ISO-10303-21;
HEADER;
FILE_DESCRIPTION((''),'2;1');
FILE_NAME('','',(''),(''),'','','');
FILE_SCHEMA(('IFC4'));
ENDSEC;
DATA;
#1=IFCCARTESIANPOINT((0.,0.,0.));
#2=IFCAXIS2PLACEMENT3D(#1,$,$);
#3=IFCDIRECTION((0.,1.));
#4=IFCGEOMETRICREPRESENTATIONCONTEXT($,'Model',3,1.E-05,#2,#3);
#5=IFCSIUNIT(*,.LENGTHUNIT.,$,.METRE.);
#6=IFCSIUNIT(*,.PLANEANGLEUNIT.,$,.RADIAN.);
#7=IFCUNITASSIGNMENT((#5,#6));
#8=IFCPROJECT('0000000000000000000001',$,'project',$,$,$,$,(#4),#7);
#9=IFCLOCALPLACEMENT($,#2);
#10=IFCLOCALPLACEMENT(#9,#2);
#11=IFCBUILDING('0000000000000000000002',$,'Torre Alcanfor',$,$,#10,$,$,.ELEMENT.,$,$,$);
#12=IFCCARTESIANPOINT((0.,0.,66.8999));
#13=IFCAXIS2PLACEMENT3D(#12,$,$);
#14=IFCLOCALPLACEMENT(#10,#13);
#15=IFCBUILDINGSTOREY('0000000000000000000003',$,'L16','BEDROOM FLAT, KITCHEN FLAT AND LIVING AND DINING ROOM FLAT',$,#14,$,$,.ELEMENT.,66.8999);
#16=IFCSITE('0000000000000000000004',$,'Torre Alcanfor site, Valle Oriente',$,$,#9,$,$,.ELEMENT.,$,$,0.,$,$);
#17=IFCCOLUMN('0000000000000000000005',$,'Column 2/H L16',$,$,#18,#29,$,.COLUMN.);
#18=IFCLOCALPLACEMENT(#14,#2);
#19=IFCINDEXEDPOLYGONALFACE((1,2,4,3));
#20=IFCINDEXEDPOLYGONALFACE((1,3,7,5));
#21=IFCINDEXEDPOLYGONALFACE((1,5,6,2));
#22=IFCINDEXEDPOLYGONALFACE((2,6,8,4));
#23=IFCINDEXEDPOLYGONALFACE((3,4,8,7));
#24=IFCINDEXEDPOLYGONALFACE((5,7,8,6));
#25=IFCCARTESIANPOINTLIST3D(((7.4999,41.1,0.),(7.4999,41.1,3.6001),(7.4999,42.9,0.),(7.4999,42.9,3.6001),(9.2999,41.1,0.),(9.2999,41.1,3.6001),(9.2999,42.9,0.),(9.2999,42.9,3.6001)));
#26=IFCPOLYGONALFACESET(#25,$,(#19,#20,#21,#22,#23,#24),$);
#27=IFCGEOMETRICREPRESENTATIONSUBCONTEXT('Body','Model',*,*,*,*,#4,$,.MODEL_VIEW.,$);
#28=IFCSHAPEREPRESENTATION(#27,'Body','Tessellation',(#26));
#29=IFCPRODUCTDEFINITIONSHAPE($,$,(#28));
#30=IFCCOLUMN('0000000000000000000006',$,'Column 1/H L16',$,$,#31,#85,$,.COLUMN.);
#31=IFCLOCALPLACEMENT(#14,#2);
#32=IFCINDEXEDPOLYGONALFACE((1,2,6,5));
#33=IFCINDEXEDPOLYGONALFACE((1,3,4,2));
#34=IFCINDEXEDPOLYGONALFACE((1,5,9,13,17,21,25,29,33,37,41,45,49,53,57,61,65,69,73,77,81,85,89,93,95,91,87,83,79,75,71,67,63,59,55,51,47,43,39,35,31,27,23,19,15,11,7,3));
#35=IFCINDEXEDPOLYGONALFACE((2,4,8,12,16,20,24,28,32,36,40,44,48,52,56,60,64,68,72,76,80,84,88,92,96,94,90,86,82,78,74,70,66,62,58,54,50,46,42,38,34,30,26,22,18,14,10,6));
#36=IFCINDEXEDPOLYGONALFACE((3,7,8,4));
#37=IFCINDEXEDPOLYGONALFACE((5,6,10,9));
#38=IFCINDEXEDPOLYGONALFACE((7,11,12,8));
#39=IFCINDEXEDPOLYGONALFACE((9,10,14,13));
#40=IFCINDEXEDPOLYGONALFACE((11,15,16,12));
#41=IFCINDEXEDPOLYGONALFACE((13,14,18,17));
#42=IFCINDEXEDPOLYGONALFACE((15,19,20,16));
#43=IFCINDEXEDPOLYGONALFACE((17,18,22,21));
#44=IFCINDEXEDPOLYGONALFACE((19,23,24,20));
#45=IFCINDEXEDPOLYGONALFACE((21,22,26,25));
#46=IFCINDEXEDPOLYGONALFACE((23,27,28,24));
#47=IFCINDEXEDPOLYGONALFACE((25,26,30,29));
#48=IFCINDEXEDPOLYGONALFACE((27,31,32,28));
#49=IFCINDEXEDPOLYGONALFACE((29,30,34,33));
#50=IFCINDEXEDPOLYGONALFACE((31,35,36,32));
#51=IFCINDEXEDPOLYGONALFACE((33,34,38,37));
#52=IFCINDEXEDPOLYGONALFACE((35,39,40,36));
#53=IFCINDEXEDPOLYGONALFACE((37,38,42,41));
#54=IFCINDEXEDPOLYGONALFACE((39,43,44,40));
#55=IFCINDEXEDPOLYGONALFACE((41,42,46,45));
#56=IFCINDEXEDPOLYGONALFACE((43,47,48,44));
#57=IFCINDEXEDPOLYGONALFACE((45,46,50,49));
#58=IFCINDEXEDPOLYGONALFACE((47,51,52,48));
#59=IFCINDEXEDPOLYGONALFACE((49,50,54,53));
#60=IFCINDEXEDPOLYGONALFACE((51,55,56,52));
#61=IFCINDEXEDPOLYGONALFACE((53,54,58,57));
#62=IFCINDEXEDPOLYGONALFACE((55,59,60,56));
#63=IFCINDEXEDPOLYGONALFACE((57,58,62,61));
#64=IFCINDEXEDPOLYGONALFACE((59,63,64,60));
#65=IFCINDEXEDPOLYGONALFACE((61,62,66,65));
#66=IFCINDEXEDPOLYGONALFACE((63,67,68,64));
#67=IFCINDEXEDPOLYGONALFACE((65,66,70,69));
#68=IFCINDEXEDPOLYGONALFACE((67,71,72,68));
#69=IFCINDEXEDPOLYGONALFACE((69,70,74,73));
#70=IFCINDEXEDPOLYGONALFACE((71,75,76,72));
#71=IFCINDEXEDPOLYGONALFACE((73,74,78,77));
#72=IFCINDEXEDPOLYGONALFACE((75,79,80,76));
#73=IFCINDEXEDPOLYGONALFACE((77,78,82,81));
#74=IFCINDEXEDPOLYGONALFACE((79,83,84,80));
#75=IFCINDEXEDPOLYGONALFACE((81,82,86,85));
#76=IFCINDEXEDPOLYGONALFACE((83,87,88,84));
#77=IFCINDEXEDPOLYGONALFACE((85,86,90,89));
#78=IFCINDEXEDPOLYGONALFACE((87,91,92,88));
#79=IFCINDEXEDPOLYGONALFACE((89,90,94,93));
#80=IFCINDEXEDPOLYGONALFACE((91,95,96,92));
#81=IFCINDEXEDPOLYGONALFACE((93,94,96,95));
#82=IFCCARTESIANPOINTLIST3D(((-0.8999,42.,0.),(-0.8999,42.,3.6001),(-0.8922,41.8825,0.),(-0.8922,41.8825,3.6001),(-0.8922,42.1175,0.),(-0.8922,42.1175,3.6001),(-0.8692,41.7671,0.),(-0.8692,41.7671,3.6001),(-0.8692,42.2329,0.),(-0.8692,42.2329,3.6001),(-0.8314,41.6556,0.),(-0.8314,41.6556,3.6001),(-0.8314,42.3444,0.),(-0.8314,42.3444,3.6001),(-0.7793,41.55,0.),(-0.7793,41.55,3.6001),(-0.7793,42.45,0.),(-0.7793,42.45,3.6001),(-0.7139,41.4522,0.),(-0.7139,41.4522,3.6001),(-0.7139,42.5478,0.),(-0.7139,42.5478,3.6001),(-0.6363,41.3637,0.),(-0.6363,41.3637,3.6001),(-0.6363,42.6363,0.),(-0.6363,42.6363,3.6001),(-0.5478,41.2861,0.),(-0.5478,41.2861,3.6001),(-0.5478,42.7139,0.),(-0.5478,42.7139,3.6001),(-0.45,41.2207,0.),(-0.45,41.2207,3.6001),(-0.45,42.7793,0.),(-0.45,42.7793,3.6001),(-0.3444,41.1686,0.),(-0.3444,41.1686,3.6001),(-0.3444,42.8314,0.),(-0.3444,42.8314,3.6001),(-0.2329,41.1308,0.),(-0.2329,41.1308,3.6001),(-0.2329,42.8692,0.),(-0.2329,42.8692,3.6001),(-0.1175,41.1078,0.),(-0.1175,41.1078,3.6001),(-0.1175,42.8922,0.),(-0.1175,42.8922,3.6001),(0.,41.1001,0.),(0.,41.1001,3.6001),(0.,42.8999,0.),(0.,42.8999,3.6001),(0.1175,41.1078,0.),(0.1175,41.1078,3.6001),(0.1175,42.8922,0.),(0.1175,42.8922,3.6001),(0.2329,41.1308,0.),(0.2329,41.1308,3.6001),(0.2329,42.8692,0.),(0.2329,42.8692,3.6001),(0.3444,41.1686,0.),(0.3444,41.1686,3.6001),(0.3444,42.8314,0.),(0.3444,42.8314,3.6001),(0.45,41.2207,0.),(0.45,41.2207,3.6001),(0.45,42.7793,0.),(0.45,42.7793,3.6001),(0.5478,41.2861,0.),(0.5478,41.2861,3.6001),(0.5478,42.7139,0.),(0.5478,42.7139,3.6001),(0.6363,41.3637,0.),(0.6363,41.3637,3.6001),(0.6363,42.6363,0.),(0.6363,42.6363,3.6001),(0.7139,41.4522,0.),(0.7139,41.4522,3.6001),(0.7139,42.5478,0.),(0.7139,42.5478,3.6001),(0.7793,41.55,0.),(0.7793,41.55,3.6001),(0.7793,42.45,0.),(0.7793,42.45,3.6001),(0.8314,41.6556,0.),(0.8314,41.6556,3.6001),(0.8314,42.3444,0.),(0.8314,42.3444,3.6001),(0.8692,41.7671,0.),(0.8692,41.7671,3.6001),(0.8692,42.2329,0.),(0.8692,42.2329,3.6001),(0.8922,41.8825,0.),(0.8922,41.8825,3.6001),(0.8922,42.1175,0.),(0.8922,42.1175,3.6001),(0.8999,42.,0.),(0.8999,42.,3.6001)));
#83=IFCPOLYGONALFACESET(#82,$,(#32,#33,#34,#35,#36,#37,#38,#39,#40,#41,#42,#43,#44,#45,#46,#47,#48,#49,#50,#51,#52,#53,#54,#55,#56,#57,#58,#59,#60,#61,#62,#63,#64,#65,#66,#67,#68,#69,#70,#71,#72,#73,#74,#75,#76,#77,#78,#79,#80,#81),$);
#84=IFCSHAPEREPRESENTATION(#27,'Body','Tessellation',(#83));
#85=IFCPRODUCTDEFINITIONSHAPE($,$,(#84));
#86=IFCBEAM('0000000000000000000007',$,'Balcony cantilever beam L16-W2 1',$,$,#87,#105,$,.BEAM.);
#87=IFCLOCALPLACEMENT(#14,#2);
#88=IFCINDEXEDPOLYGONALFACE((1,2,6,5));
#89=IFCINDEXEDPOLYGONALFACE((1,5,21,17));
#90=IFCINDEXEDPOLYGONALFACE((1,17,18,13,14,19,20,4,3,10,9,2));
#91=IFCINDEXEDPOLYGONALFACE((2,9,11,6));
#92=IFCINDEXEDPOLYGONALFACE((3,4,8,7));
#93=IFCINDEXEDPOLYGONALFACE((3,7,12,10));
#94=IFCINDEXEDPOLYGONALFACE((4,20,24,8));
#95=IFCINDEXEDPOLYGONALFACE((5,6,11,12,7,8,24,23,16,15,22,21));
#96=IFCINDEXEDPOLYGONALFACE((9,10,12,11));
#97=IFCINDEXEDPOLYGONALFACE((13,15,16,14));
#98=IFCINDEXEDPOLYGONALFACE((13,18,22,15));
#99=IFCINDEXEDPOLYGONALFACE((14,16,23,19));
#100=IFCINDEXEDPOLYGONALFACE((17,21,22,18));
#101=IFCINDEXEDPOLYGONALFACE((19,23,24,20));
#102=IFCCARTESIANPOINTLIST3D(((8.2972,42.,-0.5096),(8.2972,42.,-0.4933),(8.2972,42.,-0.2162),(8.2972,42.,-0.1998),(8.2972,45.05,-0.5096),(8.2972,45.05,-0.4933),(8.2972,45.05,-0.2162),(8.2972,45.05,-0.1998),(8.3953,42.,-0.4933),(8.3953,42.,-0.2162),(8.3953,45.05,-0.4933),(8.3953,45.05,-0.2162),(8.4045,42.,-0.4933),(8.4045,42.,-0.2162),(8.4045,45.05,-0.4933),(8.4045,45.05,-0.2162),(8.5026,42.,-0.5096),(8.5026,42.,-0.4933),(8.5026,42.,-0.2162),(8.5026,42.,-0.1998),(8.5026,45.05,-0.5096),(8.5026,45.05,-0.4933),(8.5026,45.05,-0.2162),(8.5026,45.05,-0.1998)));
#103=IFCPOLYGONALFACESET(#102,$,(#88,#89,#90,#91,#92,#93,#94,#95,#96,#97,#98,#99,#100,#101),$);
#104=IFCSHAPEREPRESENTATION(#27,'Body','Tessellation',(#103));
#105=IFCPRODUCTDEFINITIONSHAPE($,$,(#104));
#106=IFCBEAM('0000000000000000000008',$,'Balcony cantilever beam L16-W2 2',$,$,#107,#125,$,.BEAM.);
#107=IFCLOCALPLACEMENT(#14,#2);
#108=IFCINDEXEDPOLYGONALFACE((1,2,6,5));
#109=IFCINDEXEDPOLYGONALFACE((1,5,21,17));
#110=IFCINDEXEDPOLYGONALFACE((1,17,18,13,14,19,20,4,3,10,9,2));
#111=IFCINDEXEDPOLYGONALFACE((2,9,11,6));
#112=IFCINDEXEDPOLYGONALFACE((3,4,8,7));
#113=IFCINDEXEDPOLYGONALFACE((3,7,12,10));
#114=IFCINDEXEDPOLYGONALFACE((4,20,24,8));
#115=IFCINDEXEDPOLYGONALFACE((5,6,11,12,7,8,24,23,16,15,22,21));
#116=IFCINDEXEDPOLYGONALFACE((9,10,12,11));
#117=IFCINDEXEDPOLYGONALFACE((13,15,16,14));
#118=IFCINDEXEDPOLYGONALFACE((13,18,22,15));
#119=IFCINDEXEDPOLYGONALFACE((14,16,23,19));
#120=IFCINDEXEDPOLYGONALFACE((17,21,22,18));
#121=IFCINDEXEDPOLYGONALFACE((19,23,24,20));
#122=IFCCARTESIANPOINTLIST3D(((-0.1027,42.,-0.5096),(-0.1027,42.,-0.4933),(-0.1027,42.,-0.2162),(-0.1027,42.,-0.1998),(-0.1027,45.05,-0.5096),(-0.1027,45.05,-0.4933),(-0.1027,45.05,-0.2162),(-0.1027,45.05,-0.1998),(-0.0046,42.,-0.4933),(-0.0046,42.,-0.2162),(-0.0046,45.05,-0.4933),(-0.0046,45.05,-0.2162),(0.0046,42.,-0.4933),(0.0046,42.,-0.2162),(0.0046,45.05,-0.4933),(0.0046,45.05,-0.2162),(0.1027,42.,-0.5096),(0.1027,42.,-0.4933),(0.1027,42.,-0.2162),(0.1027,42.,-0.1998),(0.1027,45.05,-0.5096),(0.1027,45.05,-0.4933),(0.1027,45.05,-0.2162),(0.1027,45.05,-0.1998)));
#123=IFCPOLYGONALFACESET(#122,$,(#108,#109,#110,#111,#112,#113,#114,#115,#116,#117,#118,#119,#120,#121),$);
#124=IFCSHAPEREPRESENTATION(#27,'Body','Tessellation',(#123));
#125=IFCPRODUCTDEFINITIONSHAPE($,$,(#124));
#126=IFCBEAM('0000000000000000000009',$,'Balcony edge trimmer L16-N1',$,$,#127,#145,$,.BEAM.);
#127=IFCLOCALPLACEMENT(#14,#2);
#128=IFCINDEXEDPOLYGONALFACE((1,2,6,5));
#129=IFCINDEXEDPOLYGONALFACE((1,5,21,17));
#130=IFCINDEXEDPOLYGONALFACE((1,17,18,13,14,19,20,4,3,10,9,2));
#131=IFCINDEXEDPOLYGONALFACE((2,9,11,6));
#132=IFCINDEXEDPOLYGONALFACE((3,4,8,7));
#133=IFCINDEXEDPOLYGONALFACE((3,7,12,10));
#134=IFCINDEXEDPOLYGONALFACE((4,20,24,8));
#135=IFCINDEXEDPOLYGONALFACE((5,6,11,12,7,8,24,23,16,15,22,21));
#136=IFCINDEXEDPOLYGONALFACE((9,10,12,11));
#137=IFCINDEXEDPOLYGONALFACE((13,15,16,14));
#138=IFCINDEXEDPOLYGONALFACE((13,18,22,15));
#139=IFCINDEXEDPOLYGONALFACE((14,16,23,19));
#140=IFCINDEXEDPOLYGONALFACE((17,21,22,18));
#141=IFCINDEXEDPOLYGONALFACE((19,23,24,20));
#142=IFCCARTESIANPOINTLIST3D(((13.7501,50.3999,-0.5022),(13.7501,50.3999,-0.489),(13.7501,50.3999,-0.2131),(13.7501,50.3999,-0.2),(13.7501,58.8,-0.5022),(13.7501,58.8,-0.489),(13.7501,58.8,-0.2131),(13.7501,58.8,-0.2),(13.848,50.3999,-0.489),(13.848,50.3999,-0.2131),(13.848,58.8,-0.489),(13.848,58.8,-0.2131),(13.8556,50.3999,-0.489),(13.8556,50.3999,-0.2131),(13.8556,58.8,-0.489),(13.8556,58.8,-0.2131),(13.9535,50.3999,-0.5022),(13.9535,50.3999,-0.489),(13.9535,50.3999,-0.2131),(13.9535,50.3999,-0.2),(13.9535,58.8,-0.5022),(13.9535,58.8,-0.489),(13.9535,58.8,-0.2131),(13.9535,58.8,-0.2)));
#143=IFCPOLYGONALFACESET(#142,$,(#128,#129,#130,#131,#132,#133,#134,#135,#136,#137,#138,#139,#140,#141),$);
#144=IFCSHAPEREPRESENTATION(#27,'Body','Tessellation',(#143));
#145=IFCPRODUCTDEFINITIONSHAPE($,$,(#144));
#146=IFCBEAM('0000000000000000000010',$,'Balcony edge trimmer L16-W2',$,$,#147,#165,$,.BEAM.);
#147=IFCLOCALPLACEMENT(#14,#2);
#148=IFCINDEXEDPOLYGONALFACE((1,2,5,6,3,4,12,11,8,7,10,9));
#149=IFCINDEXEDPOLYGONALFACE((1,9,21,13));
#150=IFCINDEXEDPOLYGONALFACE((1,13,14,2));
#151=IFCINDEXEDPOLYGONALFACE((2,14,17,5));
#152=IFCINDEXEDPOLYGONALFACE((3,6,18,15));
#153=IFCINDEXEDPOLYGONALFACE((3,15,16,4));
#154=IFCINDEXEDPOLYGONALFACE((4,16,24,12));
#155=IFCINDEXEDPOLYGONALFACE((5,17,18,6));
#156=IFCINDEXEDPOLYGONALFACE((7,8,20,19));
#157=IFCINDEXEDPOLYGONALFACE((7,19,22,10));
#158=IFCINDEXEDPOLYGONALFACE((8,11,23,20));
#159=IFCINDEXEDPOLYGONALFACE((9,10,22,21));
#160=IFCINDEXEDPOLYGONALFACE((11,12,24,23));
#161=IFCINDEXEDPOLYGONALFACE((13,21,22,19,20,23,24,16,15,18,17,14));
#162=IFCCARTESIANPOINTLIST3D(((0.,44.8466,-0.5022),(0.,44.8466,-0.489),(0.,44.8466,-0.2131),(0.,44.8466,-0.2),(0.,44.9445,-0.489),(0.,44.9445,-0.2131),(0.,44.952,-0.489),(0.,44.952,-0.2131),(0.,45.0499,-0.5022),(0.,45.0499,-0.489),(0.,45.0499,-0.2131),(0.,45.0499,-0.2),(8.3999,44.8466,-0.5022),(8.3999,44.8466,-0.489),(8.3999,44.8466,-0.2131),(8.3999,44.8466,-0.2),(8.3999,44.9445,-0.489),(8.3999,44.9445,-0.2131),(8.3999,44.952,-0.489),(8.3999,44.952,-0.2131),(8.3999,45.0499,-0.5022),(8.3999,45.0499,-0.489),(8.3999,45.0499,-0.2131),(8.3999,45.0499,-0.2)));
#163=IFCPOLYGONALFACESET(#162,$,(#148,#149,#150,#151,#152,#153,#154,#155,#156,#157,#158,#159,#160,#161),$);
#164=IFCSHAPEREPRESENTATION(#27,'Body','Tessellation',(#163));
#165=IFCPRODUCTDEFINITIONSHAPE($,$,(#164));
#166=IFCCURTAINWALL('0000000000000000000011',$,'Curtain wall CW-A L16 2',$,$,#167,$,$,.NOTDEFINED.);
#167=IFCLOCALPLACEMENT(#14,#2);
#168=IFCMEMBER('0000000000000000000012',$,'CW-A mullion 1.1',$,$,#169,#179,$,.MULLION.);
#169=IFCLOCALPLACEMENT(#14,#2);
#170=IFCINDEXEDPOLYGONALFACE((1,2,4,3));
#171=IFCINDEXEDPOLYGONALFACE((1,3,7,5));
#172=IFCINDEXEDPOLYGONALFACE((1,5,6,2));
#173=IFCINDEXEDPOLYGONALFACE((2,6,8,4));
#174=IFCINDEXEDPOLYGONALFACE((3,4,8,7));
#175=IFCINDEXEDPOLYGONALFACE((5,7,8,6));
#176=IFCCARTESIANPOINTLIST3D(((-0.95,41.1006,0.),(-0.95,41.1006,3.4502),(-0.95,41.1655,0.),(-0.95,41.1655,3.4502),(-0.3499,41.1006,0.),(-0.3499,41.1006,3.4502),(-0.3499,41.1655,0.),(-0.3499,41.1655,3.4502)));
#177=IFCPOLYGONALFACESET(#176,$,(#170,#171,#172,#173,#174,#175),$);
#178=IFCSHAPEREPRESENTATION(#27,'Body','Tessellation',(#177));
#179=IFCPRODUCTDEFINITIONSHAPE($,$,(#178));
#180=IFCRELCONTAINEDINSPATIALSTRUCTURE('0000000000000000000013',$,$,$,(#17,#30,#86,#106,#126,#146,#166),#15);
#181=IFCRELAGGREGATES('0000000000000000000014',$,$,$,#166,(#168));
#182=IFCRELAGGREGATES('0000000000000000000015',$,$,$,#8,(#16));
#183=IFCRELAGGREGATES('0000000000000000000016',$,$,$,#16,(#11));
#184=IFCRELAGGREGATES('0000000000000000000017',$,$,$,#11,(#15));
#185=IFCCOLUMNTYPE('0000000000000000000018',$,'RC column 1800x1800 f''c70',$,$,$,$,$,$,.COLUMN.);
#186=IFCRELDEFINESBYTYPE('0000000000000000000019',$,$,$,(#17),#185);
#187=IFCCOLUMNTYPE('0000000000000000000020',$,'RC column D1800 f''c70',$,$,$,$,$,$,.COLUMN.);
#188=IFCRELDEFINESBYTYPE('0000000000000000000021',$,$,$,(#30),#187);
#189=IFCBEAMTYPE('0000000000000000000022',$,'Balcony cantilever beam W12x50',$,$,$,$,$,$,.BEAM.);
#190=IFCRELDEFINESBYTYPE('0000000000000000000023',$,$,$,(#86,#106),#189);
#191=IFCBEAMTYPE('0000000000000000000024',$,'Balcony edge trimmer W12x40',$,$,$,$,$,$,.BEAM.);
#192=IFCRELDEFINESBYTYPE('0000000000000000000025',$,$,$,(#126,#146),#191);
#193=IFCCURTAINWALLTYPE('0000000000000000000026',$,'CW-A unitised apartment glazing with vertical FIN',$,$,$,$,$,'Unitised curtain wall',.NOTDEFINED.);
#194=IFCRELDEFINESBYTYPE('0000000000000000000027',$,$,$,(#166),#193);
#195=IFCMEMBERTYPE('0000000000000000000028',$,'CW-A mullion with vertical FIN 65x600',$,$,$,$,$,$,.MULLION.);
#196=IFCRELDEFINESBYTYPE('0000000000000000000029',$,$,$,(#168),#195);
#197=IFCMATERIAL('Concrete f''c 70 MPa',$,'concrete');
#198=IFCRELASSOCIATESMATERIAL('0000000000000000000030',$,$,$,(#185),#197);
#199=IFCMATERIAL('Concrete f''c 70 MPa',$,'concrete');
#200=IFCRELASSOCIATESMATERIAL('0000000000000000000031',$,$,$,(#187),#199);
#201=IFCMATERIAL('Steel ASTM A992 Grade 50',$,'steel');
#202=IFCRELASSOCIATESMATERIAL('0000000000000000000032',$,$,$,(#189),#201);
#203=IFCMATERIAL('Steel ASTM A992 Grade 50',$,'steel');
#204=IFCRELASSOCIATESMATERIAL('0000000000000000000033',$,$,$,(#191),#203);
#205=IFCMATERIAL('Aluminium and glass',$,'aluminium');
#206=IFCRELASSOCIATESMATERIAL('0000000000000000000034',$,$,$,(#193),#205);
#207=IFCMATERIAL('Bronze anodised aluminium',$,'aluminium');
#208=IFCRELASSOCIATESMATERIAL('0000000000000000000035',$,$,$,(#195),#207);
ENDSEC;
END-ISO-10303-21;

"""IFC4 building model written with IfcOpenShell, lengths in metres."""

from ifc_helpers import new_model, si_unit, direction, frame, origin, origin_2d, place, context, subcontext, project, spatial, rectangle, circle, i_section, extrude, material, material_profile, profile_set, type_object, element, aggregate, save


model = new_model("IFC4")

# Units and contexts
model_context = context("Model", 3, precision=1e-05, world=origin(), true_north=direction((0.0, 1.0)))
body_context = subcontext(model_context, "Body", "Model", "MODEL_VIEW")
ifc_project = project(units=[si_unit("LENGTHUNIT", "METRE"), si_unit("PLANEANGLEUNIT", "RADIAN")], contexts=[model_context])

# Site, building, storey
site_placement = place(None, origin())
site = spatial("IfcSite", under=ifc_project, at=site_placement, Name="Torre Alcanfor site, Valle Oriente", CompositionType="ELEMENT", RefElevation=0.0)
building_placement = place(site_placement, origin())
building = spatial("IfcBuilding", under=site, at=building_placement, Name="Torre Alcanfor", CompositionType="ELEMENT")
storey_placement = place(building_placement, frame((0.0, 0.0, 66.8999)))
storey = spatial("IfcBuildingStorey", under=building, at=storey_placement, Name="L16", Description="BEDROOM FLAT, KITCHEN FLAT AND LIVING AND DINING ROOM FLAT", CompositionType="ELEMENT", Elevation=66.8999)

# Columns
ifc_material_1 = material(Name="Concrete f'c 70 MPa", Category="concrete")
ifc_material_profile_1 = material_profile(ifc_material_1, rectangle(XDim=1.8, YDim=1.8, at=origin_2d()), Name="1800x1800")
ifc_profile_set_1 = profile_set([ifc_material_profile_1], Name="Concrete f'c 70 MPa")
column_type_1 = type_object("IfcColumnType", Name="RC column 1800x1800 f'c70", PredefinedType="COLUMN", material=ifc_profile_set_1)
column_1_placement = place(storey_placement, frame((8.3999, 42.0, 0.0), z_axis=(0.0, 0.0, 1.0), x_axis=(1.0, 0.0, 0.0)))
element("IfcColumn", 1, at=column_1_placement, inside=storey, type_object=column_type_1, Name="Column 2/H L16", PredefinedType="COLUMN", context=body_context, shape_type="SweptSolid", body=[
    extrude(rectangle(XDim=1.8, YDim=1.8, at=origin_2d()), origin(), (0.0, 0.0, 1.0), 3.6001),
])
ifc_material_2 = material(Name="Concrete f'c 70 MPa", Category="concrete")
ifc_material_profile_2 = material_profile(ifc_material_2, circle(Radius=0.8999, at=origin_2d()), Name="D1800")
ifc_profile_set_2 = profile_set([ifc_material_profile_2], Name="Concrete f'c 70 MPa")
column_type_2 = type_object("IfcColumnType", Name="RC column D1800 f'c70", PredefinedType="COLUMN", material=ifc_profile_set_2)
column_2_placement = place(storey_placement, frame((0.0, 42.0, 0.0), z_axis=(0.0, 0.0, 1.0), x_axis=(1.0, 0.0, 0.0)))
element("IfcColumn", 2, at=column_2_placement, inside=storey, type_object=column_type_2, Name="Column 1/H L16", PredefinedType="COLUMN", context=body_context, shape_type="SweptSolid", body=[
    extrude(circle(Radius=0.8999, at=origin_2d()), origin(), (0.0, 0.0, 1.0), 3.6001),
])

# Beams
ifc_material_3 = material(Name="Steel ASTM A992 Grade 50", Category="steel")
ifc_material_profile_3 = material_profile(ifc_material_3, i_section(OverallWidth=0.2053, OverallDepth=0.3098, WebThickness=0.0093, FlangeThickness=0.0164, at=origin_2d()), Name="W12x50")
ifc_profile_set_3 = profile_set([ifc_material_profile_3], Name="Steel ASTM A992 Grade 50")
beam_type_1 = type_object("IfcBeamType", Name="Balcony cantilever beam W12x50", PredefinedType="BEAM", material=ifc_profile_set_3)
for number, where, z_axis, x_axis, name in (
    (3, (8.3999, 42.0, -0.3547), (0.0, 1.0, 0.0), (-1.0, 0.0, 0.0), "Balcony cantilever beam L16-W2 1"),
    (4, (0.0, 42.0, -0.3547), (0.0, 1.0, 0.0), (-1.0, 0.0, 0.0), "Balcony cantilever beam L16-W2 2"),
):
    element("IfcBeam", number, at=place(storey_placement, frame(where, z_axis=z_axis, x_axis=x_axis)), inside=storey, type_object=beam_type_1, Name=name, PredefinedType="BEAM", context=body_context, shape_type="SweptSolid", body=[
        extrude(i_section(OverallWidth=0.2053, OverallDepth=0.3098, WebThickness=0.0093, FlangeThickness=0.0164, at=origin_2d()), origin(), (0.0, 0.0, 1.0), 3.05),
    ])
ifc_material_4 = material(Name="Steel ASTM A992 Grade 50", Category="steel")
ifc_material_profile_4 = material_profile(ifc_material_4, i_section(OverallWidth=0.2034, OverallDepth=0.3022, WebThickness=0.0076, FlangeThickness=0.0132, at=origin_2d()), Name="W12x40")
ifc_profile_set_4 = profile_set([ifc_material_profile_4], Name="Steel ASTM A992 Grade 50")
beam_type_2 = type_object("IfcBeamType", Name="Balcony edge trimmer W12x40", PredefinedType="BEAM", material=ifc_profile_set_4)
beam_1_placement = place(storey_placement, frame((13.8518, 50.3999, -0.3511), z_axis=(0.0, 1.0, 0.0), x_axis=(-1.0, 0.0, 0.0)))
element("IfcBeam", 5, at=beam_1_placement, inside=storey, type_object=beam_type_2, Name="Balcony edge trimmer L16-N1", PredefinedType="BEAM", context=body_context, shape_type="SweptSolid", body=[
    extrude(i_section(OverallWidth=0.2034, OverallDepth=0.3022, WebThickness=0.0076, FlangeThickness=0.0132, at=origin_2d()), origin(), (0.0, 0.0, 1.0), 8.4001),
])
beam_2_placement = place(storey_placement, frame((8.3999, 44.9482, -0.3511), z_axis=(-1.0, 0.0, 0.0), x_axis=(0.0, -1.0, 0.0)))
element("IfcBeam", 6, at=beam_2_placement, inside=storey, type_object=beam_type_2, Name="Balcony edge trimmer L16-W2", PredefinedType="BEAM", context=body_context, shape_type="SweptSolid", body=[
    extrude(i_section(OverallWidth=0.2034, OverallDepth=0.3022, WebThickness=0.0076, FlangeThickness=0.0132, at=origin_2d()), origin(), (0.0, 0.0, 1.0), 8.3999),
])

# Curtain wall, member
ifc_material_5 = material(Name="Aluminium and glass", Category="aluminium")
curtain_wall_type = type_object("IfcCurtainWallType", Name="CW-A unitised apartment glazing with vertical FIN", ElementType="Unitised curtain wall", PredefinedType="NOTDEFINED", material=ifc_material_5)
curtain_wall_placement = place(storey_placement, origin())
curtain_wall = element("IfcCurtainWall", 7, at=curtain_wall_placement, inside=storey, type_object=curtain_wall_type, Name="Curtain wall CW-A L16 2", PredefinedType="NOTDEFINED")
ifc_material_6 = material(Name="Bronze anodised aluminium", Category="aluminium")
ifc_material_profile_5 = material_profile(ifc_material_6, rectangle(XDim=0.6001, YDim=0.0649, at=origin_2d()), Name="CW-A mullion 65x600")
ifc_profile_set_5 = profile_set([ifc_material_profile_5], Name="Bronze anodised aluminium")
member_type_1 = type_object("IfcMemberType", Name="CW-A mullion with vertical FIN 65x600", PredefinedType="MULLION", material=ifc_profile_set_5)
member_1_placement = place(storey_placement, frame((-0.6499, 41.1331, 0.0), z_axis=(0.0, 0.0, 1.0), x_axis=(1.0, 0.0, 0.0)))
member_1 = element("IfcMember", 8, at=member_1_placement, type_object=member_type_1, Name="CW-A mullion 1.1", PredefinedType="MULLION", context=body_context, shape_type="SweptSolid", body=[
    extrude(rectangle(XDim=0.6001, YDim=0.0649, at=origin_2d()), origin(), (0.0, 0.0, 1.0), 3.4502),
])
aggregate(curtain_wall, [member_1])

save(model, "model.ifc")
